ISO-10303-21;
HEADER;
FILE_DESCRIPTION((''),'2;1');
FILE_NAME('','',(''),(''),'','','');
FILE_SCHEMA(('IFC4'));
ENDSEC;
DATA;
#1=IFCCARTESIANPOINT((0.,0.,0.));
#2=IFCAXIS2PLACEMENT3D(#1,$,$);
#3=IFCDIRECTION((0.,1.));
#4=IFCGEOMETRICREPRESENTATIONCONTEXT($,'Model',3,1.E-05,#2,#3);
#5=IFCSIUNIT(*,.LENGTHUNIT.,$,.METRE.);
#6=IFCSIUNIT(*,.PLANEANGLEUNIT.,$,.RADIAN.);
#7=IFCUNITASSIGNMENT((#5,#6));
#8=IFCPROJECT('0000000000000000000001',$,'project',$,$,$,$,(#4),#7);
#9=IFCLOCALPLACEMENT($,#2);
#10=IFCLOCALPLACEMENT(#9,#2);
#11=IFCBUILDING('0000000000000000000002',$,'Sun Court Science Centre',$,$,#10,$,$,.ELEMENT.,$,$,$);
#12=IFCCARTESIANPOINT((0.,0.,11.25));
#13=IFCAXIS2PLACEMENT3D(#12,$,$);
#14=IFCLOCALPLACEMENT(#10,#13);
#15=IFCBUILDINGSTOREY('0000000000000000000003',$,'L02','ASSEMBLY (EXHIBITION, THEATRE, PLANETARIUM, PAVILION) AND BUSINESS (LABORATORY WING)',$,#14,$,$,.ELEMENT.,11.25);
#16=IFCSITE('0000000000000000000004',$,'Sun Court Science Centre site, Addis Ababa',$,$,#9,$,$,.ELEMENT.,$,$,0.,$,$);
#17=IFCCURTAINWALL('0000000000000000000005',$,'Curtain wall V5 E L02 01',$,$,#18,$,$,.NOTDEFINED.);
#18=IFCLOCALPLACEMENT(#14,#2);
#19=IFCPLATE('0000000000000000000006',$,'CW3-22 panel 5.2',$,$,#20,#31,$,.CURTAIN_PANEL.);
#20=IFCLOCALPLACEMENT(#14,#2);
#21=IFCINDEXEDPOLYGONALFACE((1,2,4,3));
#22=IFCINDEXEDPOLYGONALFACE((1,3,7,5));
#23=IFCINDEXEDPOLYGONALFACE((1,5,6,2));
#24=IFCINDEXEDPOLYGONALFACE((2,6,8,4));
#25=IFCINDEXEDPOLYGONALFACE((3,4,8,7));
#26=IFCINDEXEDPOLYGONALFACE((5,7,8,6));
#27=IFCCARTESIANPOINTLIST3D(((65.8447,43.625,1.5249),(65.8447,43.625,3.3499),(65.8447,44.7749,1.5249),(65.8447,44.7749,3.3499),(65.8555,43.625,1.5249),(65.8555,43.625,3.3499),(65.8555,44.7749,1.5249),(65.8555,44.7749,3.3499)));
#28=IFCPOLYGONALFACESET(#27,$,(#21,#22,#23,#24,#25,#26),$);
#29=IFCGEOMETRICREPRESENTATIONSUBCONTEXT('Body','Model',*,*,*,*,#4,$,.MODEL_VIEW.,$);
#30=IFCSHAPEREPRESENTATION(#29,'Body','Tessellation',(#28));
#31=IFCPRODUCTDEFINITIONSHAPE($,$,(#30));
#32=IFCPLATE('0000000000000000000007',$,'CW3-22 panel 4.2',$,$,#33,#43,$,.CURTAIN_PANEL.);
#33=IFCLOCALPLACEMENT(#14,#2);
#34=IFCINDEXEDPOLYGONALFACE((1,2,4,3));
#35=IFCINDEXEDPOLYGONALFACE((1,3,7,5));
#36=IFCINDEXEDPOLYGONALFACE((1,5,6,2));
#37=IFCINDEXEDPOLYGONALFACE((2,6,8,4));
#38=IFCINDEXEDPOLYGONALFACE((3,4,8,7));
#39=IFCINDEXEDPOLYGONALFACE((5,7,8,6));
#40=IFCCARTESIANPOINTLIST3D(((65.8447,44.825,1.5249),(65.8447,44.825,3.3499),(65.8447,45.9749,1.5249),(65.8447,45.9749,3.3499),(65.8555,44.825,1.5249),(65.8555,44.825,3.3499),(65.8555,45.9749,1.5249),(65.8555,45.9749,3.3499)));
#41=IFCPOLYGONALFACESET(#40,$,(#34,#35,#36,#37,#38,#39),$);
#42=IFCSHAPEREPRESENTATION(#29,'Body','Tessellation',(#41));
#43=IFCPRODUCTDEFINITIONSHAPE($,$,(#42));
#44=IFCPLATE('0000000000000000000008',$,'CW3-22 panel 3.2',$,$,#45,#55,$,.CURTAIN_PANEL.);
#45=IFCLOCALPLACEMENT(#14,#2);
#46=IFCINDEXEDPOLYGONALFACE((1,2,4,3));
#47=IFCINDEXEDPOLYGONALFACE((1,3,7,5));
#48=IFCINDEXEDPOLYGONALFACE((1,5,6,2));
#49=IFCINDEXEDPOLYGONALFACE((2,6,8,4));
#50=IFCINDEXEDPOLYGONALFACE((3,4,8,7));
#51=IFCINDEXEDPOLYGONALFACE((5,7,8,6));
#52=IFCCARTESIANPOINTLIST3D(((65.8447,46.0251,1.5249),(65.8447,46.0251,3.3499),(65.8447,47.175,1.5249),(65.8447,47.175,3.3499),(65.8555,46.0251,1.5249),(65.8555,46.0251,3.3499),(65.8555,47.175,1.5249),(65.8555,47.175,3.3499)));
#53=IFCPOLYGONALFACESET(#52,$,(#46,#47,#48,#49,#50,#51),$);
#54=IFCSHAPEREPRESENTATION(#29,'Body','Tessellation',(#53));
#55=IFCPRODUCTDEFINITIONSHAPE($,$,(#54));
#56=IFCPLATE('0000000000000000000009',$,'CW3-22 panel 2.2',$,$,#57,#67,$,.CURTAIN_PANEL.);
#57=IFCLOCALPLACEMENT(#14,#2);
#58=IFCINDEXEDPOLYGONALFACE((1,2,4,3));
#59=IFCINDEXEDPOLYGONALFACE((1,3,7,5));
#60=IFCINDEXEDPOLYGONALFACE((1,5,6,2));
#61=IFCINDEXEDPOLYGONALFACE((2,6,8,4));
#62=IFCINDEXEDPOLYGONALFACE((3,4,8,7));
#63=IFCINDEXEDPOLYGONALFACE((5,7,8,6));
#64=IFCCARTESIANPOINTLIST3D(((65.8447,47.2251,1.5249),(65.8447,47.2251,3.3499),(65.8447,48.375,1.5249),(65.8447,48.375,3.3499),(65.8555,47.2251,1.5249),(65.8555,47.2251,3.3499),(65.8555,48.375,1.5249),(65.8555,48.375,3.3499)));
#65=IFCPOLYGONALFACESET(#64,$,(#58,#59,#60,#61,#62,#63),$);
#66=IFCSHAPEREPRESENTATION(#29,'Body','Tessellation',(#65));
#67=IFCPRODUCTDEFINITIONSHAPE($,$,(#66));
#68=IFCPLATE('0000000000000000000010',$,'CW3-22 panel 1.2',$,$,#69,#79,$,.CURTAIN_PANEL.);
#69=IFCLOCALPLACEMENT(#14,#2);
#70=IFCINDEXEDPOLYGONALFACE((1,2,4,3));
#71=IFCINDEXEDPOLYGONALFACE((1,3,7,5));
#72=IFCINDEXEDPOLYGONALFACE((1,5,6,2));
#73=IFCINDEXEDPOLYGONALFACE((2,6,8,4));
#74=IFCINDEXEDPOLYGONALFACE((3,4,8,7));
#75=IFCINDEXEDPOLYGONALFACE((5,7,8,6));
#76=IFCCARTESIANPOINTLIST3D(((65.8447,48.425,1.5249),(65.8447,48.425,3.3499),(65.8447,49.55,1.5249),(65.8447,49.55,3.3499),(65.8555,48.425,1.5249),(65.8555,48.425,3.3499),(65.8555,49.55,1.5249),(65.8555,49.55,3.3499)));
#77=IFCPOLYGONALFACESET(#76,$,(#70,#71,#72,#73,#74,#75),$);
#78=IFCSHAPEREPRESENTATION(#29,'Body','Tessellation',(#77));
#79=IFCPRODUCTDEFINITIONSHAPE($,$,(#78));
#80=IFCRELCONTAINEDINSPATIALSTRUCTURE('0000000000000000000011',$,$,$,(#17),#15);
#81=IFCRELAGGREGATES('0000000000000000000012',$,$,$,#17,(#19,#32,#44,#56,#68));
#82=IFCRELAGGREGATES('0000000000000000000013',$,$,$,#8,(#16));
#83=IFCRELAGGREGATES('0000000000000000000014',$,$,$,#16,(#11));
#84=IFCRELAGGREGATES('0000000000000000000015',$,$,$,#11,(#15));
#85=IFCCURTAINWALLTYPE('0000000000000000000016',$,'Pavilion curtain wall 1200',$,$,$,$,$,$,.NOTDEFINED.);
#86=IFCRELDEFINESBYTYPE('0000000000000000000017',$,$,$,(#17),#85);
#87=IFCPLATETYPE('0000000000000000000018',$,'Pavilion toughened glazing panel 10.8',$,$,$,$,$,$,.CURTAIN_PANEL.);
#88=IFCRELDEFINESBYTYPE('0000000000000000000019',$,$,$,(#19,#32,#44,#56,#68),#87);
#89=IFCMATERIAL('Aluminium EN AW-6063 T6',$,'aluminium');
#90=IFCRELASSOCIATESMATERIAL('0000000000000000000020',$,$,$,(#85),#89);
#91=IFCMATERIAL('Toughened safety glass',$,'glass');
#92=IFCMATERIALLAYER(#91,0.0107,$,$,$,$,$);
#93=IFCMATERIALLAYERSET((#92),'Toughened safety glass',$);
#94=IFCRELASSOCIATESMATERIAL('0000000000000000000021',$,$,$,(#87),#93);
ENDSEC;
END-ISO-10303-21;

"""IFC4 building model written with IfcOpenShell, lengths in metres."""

from ifc_helpers import new_model, si_unit, direction, frame, origin, origin_2d, place, context, subcontext, project, spatial, rectangle, extrude, material, layer, layer_set, type_object, element, aggregate, save


model = new_model("IFC4")

# Units and contexts
model_context = context("Model", 3, precision=1e-05, world=origin(), true_north=direction((0.0, 1.0)))
body_context = subcontext(model_context, "Body", "Model", "MODEL_VIEW")
ifc_project = project(units=[si_unit("LENGTHUNIT", "METRE"), si_unit("PLANEANGLEUNIT", "RADIAN")], contexts=[model_context])

# Site, building, storey
site_placement = place(None, origin())
site = spatial("IfcSite", under=ifc_project, at=site_placement, Name="Sun Court Science Centre site, Addis Ababa", CompositionType="ELEMENT", RefElevation=0.0)
building_placement = place(site_placement, origin())
building = spatial("IfcBuilding", under=site, at=building_placement, Name="Sun Court Science Centre", CompositionType="ELEMENT")
storey_placement = place(building_placement, frame((0.0, 0.0, 11.25)))
storey = spatial("IfcBuildingStorey", under=building, at=storey_placement, Name="L02", Description="ASSEMBLY (EXHIBITION, THEATRE, PLANETARIUM, PAVILION) AND BUSINESS (LABORATORY WING)", CompositionType="ELEMENT", Elevation=11.25)

# Curtain wall, plates
ifc_material_1 = material(Name="Aluminium EN AW-6063 T6", Category="aluminium")
curtain_wall_type = type_object("IfcCurtainWallType", Name="Pavilion curtain wall 1200", PredefinedType="NOTDEFINED", material=ifc_material_1)
curtain_wall_placement = place(storey_placement, origin())
curtain_wall = element("IfcCurtainWall", 1, at=curtain_wall_placement, inside=storey, type_object=curtain_wall_type, Name="Curtain wall V5 E L02 01", PredefinedType="NOTDEFINED")
ifc_material_2 = material(Name="Toughened safety glass", Category="glass")
ifc_layer = layer(ifc_material_2, 0.0107)
ifc_layer_set = layer_set([ifc_layer], Name="Toughened safety glass")
plate_type = type_object("IfcPlateType", Name="Pavilion toughened glazing panel 10.8", PredefinedType="CURTAIN_PANEL", material=ifc_layer_set)
plate_1_placement = place(storey_placement, frame((65.8501, 44.2, 1.5249), z_axis=(0.0, 0.0, 1.0), x_axis=(0.0, -1.0, 0.0)))
plate_1 = element("IfcPlate", 2, at=plate_1_placement, type_object=plate_type, Name="CW3-22 panel 5.2", PredefinedType="CURTAIN_PANEL", context=body_context, shape_type="SweptSolid", body=[
    extrude(rectangle(XDim=1.1499, YDim=0.0107, at=origin_2d()), origin(), (0.0, 0.0, 1.0), 1.825),
])
plate_2_placement = place(storey_placement, frame((65.8501, 45.3999, 1.5249), z_axis=(0.0, 0.0, 1.0), x_axis=(0.0, -1.0, 0.0)))
plate_2 = element("IfcPlate", 3, at=plate_2_placement, type_object=plate_type, Name="CW3-22 panel 4.2", PredefinedType="CURTAIN_PANEL", context=body_context, shape_type="SweptSolid", body=[
    extrude(rectangle(XDim=1.1499, YDim=0.0107, at=origin_2d()), origin(), (0.0, 0.0, 1.0), 1.825),
])
plate_3_placement = place(storey_placement, frame((65.8501, 46.6001, 1.5249), z_axis=(0.0, 0.0, 1.0), x_axis=(0.0, -1.0, 0.0)))
plate_3 = element("IfcPlate", 4, at=plate_3_placement, type_object=plate_type, Name="CW3-22 panel 3.2", PredefinedType="CURTAIN_PANEL", context=body_context, shape_type="SweptSolid", body=[
    extrude(rectangle(XDim=1.1499, YDim=0.0107, at=origin_2d()), origin(), (0.0, 0.0, 1.0), 1.825),
])
plate_4_placement = place(storey_placement, frame((65.8501, 47.8, 1.5249), z_axis=(0.0, 0.0, 1.0), x_axis=(0.0, -1.0, 0.0)))
plate_4 = element("IfcPlate", 5, at=plate_4_placement, type_object=plate_type, Name="CW3-22 panel 2.2", PredefinedType="CURTAIN_PANEL", context=body_context, shape_type="SweptSolid", body=[
    extrude(rectangle(XDim=1.1499, YDim=0.0107, at=origin_2d()), origin(), (0.0, 0.0, 1.0), 1.825),
])
plate_5_placement = place(storey_placement, frame((65.8501, 48.9875, 1.5249), z_axis=(0.0, 0.0, 1.0), x_axis=(0.0, -1.0, 0.0)))
plate_5 = element("IfcPlate", 6, at=plate_5_placement, type_object=plate_type, Name="CW3-22 panel 1.2", PredefinedType="CURTAIN_PANEL", context=body_context, shape_type="SweptSolid", body=[
    extrude(rectangle(XDim=1.125, YDim=0.0107, at=origin_2d()), origin(), (0.0, 0.0, 1.0), 1.825),
])
aggregate(curtain_wall, [plate_1, plate_2, plate_3, plate_4, plate_5])

save(model, "model.ifc")
